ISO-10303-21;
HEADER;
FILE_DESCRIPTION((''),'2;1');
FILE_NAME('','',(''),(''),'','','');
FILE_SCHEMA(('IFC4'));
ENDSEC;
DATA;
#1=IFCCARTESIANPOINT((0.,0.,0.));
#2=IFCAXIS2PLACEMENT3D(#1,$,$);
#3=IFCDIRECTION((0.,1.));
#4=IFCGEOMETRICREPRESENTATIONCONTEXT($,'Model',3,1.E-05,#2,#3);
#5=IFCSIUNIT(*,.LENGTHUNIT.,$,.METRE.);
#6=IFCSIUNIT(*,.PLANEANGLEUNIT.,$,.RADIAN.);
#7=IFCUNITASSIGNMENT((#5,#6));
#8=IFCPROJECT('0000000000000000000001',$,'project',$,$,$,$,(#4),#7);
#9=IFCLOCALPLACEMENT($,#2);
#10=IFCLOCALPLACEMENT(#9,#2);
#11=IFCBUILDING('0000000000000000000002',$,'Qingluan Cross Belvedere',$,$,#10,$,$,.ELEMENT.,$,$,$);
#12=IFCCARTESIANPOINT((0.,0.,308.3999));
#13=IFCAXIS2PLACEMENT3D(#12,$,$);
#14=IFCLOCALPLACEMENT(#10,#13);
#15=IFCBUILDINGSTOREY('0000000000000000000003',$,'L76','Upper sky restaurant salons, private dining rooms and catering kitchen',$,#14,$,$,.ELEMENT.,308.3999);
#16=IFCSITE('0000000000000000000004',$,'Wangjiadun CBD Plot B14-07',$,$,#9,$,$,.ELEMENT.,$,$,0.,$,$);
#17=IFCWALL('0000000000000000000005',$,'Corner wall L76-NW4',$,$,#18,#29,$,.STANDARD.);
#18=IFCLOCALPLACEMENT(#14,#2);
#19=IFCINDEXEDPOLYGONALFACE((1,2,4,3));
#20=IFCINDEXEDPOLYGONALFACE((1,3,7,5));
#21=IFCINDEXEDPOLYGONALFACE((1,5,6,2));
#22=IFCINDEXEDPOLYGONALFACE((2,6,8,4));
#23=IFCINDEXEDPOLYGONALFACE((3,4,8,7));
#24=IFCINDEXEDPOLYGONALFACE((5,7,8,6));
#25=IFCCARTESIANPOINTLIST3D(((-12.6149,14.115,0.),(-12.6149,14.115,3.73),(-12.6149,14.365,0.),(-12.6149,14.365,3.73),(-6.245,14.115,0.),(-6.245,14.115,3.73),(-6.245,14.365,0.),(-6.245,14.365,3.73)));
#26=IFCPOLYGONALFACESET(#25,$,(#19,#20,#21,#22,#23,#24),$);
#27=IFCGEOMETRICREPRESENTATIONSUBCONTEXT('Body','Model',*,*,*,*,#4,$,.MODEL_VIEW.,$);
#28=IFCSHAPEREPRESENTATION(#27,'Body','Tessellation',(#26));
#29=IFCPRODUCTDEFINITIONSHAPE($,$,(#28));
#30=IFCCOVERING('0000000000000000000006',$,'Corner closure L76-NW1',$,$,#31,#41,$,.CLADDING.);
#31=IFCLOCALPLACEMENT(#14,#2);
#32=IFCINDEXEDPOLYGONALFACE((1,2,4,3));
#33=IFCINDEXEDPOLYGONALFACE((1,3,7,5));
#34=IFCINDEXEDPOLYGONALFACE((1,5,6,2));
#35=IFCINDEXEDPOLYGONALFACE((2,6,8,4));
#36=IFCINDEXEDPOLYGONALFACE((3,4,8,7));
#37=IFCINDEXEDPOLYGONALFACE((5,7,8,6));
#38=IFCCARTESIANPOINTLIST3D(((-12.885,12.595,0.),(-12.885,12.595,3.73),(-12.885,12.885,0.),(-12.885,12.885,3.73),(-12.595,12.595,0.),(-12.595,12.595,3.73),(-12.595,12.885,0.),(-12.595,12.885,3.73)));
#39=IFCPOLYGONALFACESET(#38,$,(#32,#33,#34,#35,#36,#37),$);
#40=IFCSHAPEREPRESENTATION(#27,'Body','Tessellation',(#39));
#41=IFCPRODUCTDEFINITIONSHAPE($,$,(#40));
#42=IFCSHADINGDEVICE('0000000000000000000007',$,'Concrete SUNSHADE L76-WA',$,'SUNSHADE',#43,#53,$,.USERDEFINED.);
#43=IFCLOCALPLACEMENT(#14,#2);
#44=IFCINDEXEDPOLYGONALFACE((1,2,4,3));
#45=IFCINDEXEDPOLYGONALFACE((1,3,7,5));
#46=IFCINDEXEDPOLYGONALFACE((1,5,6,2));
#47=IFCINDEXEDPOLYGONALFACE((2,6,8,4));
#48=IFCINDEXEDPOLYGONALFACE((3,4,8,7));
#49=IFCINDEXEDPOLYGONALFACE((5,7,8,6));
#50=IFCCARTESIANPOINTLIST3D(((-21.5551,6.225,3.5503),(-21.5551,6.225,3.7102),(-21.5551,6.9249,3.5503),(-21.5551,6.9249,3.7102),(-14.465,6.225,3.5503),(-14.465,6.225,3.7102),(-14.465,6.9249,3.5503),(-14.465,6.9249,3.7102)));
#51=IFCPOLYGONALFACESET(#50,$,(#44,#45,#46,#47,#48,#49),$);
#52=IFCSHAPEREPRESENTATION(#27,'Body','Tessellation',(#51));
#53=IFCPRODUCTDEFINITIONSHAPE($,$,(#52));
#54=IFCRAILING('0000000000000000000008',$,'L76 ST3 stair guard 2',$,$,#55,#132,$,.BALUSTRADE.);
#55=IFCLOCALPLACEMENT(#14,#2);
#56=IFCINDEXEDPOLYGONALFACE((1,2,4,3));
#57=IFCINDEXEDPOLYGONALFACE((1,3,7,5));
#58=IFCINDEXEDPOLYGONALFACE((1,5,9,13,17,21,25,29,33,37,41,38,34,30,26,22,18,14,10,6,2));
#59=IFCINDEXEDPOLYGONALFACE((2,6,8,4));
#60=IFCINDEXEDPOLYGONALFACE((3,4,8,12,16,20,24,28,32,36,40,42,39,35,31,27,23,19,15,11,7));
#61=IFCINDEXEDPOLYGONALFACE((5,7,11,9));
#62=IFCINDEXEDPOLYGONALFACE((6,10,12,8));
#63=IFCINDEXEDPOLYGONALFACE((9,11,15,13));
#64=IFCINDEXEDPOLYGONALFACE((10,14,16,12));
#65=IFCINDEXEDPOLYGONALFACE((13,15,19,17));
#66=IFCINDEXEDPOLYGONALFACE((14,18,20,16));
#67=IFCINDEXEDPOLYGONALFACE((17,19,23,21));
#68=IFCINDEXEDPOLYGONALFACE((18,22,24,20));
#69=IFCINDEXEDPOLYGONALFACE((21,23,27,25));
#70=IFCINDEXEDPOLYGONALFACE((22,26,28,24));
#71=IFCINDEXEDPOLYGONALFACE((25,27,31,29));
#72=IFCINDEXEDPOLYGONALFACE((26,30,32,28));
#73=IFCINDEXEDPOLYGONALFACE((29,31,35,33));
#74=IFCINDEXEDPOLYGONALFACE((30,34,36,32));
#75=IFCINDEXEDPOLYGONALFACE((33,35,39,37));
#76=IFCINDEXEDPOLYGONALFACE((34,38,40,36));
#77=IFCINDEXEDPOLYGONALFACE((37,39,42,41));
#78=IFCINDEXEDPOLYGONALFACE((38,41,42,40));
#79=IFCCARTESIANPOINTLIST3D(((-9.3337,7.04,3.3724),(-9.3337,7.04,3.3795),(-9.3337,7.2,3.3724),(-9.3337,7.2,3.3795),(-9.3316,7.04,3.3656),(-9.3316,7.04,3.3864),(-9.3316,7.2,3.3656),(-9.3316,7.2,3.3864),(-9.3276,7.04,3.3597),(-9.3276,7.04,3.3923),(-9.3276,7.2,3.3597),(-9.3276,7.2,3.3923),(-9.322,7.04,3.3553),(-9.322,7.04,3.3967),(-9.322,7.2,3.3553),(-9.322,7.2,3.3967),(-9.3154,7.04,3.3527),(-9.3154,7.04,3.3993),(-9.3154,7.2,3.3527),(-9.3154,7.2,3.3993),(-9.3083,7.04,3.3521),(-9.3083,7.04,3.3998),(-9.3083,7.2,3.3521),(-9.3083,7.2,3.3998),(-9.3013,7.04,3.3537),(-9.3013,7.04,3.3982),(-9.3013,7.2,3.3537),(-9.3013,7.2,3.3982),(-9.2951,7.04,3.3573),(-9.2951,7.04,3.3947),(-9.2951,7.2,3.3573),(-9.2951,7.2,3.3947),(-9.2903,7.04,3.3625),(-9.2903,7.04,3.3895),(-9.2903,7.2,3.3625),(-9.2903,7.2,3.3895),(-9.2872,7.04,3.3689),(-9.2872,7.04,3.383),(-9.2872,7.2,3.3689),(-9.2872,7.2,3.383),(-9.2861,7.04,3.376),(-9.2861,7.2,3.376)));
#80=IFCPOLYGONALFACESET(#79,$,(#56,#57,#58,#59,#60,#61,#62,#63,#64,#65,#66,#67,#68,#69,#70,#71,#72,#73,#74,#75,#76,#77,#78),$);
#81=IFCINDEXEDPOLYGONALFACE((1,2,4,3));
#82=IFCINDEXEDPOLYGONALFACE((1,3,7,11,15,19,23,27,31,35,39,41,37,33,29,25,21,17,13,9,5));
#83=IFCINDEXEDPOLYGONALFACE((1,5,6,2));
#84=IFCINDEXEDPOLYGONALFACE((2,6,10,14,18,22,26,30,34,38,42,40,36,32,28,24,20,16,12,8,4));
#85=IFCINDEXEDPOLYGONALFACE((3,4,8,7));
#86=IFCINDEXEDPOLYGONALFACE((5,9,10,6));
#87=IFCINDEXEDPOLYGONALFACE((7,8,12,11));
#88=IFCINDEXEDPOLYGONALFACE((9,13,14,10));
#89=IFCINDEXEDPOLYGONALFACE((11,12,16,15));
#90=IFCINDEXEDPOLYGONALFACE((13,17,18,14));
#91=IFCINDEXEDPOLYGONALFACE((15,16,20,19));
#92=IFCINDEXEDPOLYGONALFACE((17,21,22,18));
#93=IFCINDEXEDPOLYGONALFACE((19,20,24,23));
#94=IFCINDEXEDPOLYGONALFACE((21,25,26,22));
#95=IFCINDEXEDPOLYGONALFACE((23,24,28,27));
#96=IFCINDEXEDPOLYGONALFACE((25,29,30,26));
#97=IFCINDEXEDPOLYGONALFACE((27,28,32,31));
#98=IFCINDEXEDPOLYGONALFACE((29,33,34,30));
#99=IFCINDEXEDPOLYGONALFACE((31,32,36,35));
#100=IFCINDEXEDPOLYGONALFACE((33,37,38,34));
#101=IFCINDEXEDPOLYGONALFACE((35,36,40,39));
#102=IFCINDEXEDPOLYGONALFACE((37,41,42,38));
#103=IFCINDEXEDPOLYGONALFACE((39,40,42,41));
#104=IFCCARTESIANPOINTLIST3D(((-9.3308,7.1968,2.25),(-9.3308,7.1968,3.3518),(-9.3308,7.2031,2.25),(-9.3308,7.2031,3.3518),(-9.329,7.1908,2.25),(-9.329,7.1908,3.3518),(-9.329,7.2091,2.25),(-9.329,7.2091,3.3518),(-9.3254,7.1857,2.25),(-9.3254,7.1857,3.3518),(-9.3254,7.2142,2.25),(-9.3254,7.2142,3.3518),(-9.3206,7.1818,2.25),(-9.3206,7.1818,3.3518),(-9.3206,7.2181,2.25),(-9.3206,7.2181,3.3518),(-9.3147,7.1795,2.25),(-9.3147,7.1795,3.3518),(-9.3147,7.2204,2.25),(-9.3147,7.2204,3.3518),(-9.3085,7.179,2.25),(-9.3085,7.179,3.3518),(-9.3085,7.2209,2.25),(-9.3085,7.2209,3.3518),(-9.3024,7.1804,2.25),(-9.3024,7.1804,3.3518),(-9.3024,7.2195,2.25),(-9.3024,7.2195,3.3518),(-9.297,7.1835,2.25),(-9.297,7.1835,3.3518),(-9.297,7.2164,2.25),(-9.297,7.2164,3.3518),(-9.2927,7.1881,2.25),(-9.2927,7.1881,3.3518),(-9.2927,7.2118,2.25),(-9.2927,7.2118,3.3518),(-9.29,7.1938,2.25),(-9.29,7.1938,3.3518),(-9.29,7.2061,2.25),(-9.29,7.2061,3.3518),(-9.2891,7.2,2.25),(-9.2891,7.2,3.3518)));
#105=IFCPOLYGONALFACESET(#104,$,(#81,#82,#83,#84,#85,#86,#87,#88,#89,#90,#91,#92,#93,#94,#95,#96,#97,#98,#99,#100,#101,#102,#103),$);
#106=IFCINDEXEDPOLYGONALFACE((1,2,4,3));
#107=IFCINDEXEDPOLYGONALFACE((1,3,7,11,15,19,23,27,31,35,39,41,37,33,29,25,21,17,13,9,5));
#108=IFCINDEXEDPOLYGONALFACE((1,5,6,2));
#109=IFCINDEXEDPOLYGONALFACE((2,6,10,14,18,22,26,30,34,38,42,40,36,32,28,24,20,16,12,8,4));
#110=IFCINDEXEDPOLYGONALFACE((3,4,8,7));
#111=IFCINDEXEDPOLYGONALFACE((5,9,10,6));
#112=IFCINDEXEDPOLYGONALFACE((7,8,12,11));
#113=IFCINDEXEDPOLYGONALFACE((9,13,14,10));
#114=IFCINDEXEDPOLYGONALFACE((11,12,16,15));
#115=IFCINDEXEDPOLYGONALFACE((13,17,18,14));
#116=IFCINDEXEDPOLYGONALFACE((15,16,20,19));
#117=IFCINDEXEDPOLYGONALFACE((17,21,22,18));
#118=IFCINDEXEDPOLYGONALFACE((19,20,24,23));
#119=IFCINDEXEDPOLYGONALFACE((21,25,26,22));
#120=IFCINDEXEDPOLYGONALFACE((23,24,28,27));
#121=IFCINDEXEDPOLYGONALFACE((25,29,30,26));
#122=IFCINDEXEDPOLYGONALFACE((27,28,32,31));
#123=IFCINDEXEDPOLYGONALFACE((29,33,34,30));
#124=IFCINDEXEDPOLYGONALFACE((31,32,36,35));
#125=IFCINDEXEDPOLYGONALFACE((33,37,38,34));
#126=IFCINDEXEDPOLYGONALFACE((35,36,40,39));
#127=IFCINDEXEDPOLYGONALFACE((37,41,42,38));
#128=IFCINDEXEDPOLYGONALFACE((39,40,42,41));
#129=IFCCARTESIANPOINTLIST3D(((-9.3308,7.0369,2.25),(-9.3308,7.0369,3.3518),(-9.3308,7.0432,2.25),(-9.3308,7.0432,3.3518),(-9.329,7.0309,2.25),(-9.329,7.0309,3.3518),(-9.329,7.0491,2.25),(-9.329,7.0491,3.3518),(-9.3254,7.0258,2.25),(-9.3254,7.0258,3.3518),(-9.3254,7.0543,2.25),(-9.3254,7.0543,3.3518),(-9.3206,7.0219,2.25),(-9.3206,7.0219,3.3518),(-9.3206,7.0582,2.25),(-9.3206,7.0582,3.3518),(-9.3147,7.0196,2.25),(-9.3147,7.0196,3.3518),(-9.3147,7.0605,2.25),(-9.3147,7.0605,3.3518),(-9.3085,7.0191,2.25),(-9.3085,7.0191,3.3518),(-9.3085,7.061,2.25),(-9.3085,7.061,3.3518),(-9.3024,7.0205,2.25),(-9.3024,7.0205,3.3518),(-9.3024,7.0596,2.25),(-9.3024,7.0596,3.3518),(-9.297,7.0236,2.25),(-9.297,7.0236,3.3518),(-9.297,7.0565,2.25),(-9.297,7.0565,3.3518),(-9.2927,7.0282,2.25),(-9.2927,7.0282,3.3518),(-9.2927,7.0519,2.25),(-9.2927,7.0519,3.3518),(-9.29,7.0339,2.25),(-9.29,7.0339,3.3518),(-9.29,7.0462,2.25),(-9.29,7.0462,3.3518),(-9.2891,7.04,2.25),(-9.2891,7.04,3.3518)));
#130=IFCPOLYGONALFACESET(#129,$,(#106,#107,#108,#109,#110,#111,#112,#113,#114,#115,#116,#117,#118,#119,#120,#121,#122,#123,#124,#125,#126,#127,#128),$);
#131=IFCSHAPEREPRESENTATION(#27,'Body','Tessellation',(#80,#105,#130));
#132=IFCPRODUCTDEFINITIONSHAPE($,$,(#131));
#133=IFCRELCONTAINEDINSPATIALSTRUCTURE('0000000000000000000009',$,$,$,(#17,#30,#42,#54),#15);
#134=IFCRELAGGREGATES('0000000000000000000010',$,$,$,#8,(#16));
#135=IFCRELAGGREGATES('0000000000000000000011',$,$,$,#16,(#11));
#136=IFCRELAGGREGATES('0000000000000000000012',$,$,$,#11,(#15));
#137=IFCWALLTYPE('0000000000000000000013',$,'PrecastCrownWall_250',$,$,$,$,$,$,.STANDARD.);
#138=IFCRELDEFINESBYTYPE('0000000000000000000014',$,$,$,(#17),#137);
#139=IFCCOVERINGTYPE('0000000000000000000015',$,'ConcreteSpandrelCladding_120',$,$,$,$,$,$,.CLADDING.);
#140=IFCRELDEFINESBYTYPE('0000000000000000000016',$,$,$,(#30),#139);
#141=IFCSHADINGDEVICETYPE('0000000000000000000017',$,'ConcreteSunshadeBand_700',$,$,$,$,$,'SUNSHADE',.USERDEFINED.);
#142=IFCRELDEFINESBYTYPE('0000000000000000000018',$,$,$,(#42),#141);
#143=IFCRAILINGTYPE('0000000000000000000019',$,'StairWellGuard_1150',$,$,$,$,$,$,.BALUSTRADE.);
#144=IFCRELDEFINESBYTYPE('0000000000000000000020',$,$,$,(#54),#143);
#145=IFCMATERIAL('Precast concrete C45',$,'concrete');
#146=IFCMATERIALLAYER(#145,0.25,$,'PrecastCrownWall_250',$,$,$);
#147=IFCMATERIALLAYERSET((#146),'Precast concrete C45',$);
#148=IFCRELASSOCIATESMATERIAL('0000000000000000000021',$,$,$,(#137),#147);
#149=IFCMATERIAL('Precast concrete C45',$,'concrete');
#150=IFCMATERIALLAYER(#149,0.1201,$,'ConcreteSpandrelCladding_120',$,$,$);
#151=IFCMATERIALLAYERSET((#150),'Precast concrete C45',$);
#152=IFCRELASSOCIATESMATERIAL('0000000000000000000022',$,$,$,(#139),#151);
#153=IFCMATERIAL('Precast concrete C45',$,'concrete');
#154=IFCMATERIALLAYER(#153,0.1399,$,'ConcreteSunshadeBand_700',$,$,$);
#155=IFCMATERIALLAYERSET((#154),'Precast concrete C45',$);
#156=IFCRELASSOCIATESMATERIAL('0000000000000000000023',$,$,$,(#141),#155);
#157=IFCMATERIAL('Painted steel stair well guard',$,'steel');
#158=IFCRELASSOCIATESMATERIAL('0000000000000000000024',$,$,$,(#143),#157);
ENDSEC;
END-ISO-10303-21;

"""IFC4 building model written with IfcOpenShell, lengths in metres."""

from ifc_helpers import new_model, si_unit, direction, frame, frame_2d, origin, origin_2d, place, context, subcontext, project, spatial, rectangle, circle, extrude, material, layer, layer_set, type_object, element, save


model = new_model("IFC4")

# Units and contexts
model_context = context("Model", 3, precision=1e-05, world=origin(), true_north=direction((0.0, 1.0)))
body_context = subcontext(model_context, "Body", "Model", "MODEL_VIEW")
ifc_project = project(units=[si_unit("LENGTHUNIT", "METRE"), si_unit("PLANEANGLEUNIT", "RADIAN")], contexts=[model_context])

# Site, building, storey
site_placement = place(None, origin())
site = spatial("IfcSite", under=ifc_project, at=site_placement, Name="Wangjiadun CBD Plot B14-07", CompositionType="ELEMENT", RefElevation=0.0)
building_placement = place(site_placement, origin())
building = spatial("IfcBuilding", under=site, at=building_placement, Name="Qingluan Cross Belvedere", CompositionType="ELEMENT")
storey_placement = place(building_placement, frame((0.0, 0.0, 308.3999)))
storey = spatial("IfcBuildingStorey", under=building, at=storey_placement, Name="L76", Description="Upper sky restaurant salons, private dining rooms and catering kitchen", CompositionType="ELEMENT", Elevation=308.3999)

# Wall
ifc_material_1 = material(Name="Precast concrete C45", Category="concrete")
ifc_layer_1 = layer(ifc_material_1, 0.25, Name="PrecastCrownWall_250")
ifc_layer_set_1 = layer_set([ifc_layer_1], Name="Precast concrete C45")
wall_type_1 = type_object("IfcWallType", Name="PrecastCrownWall_250", PredefinedType="STANDARD", material=ifc_layer_set_1)
wall_1_placement = place(storey_placement, frame((-12.615, 14.24, 0.0), z_axis=(0.0, 0.0, 1.0), x_axis=(1.0, 0.0, 0.0)))
element("IfcWall", 1, at=wall_1_placement, inside=storey, type_object=wall_type_1, Name="Corner wall L76-NW4", PredefinedType="STANDARD", context=body_context, shape_type="SweptSolid", body=[
    extrude(rectangle(XDim=6.3699, YDim=0.25, at=frame_2d((3.1851, 0.0))), origin(), (0.0, 0.0, 1.0), 3.73),
])

# Covering
ifc_material_2 = material(Name="Precast concrete C45", Category="concrete")
ifc_layer_2 = layer(ifc_material_2, 0.1201, Name="ConcreteSpandrelCladding_120")
ifc_layer_set_2 = layer_set([ifc_layer_2], Name="Precast concrete C45")
covering_type = type_object("IfcCoveringType", Name="ConcreteSpandrelCladding_120", PredefinedType="CLADDING", material=ifc_layer_set_2)
covering_placement = place(storey_placement, frame((-12.74, 12.74, 0.0), z_axis=(0.0, 0.0, 1.0), x_axis=(1.0, 0.0, 0.0)))
element("IfcCovering", 2, at=covering_placement, inside=storey, type_object=covering_type, Name="Corner closure L76-NW1", PredefinedType="CLADDING", context=body_context, shape_type="SweptSolid", body=[
    extrude(rectangle(XDim=0.29, YDim=0.29, at=origin_2d()), origin(), (0.0, 0.0, 1.0), 3.73),
])

# Shading device
ifc_material_3 = material(Name="Precast concrete C45", Category="concrete")
ifc_layer_3 = layer(ifc_material_3, 0.1399, Name="ConcreteSunshadeBand_700")
ifc_layer_set_3 = layer_set([ifc_layer_3], Name="Precast concrete C45")
shading_device_type = type_object("IfcShadingDeviceType", Name="ConcreteSunshadeBand_700", ElementType="SUNSHADE", PredefinedType="USERDEFINED", material=ifc_layer_set_3)
shading_device_placement = place(storey_placement, frame((-18.01, 6.575, 3.5503), z_axis=(0.0, 0.0, 1.0), x_axis=(-1.0, 0.0, 0.0)))
element("IfcShadingDevice", 3, at=shading_device_placement, inside=storey, type_object=shading_device_type, Name="Concrete SUNSHADE L76-WA", ObjectType="SUNSHADE", PredefinedType="USERDEFINED", context=body_context, shape_type="SweptSolid", body=[
    extrude(rectangle(XDim=7.0901, YDim=0.7, at=origin_2d()), origin(), (0.0, 0.0, 1.0), 0.1599),
])

# Railing
ifc_material_4 = material(Name="Painted steel stair well guard", Category="steel")
railing_type = type_object("IfcRailingType", Name="StairWellGuard_1150", PredefinedType="BALUSTRADE", material=ifc_material_4)
railing_1_placement = place(storey_placement, frame((-9.3101, 7.2, 2.25)))
element("IfcRailing", 4, at=railing_1_placement, inside=storey, type_object=railing_type, Name="L76 ST3 stair guard 2", PredefinedType="BALUSTRADE", context=body_context, shape_type="SweptSolid", body=[
    extrude(circle(Radius=0.0239, at=origin_2d()), frame((0.0, 0.0, 1.126), z_axis=(0.0, -1.0, 0.0), x_axis=(1.0, 0.0, 0.0)), (0.0, 0.0, 1.0), 0.1599),
    extrude(circle(Radius=0.021, at=origin_2d()), origin(), (0.0, 0.0, 1.0), 1.1018),
    extrude(circle(Radius=0.021, at=origin_2d()), frame((0.0, -0.1599, 0.0)), (0.0, 0.0, 1.0), 1.1018),
])

save(model, "model.ifc")
